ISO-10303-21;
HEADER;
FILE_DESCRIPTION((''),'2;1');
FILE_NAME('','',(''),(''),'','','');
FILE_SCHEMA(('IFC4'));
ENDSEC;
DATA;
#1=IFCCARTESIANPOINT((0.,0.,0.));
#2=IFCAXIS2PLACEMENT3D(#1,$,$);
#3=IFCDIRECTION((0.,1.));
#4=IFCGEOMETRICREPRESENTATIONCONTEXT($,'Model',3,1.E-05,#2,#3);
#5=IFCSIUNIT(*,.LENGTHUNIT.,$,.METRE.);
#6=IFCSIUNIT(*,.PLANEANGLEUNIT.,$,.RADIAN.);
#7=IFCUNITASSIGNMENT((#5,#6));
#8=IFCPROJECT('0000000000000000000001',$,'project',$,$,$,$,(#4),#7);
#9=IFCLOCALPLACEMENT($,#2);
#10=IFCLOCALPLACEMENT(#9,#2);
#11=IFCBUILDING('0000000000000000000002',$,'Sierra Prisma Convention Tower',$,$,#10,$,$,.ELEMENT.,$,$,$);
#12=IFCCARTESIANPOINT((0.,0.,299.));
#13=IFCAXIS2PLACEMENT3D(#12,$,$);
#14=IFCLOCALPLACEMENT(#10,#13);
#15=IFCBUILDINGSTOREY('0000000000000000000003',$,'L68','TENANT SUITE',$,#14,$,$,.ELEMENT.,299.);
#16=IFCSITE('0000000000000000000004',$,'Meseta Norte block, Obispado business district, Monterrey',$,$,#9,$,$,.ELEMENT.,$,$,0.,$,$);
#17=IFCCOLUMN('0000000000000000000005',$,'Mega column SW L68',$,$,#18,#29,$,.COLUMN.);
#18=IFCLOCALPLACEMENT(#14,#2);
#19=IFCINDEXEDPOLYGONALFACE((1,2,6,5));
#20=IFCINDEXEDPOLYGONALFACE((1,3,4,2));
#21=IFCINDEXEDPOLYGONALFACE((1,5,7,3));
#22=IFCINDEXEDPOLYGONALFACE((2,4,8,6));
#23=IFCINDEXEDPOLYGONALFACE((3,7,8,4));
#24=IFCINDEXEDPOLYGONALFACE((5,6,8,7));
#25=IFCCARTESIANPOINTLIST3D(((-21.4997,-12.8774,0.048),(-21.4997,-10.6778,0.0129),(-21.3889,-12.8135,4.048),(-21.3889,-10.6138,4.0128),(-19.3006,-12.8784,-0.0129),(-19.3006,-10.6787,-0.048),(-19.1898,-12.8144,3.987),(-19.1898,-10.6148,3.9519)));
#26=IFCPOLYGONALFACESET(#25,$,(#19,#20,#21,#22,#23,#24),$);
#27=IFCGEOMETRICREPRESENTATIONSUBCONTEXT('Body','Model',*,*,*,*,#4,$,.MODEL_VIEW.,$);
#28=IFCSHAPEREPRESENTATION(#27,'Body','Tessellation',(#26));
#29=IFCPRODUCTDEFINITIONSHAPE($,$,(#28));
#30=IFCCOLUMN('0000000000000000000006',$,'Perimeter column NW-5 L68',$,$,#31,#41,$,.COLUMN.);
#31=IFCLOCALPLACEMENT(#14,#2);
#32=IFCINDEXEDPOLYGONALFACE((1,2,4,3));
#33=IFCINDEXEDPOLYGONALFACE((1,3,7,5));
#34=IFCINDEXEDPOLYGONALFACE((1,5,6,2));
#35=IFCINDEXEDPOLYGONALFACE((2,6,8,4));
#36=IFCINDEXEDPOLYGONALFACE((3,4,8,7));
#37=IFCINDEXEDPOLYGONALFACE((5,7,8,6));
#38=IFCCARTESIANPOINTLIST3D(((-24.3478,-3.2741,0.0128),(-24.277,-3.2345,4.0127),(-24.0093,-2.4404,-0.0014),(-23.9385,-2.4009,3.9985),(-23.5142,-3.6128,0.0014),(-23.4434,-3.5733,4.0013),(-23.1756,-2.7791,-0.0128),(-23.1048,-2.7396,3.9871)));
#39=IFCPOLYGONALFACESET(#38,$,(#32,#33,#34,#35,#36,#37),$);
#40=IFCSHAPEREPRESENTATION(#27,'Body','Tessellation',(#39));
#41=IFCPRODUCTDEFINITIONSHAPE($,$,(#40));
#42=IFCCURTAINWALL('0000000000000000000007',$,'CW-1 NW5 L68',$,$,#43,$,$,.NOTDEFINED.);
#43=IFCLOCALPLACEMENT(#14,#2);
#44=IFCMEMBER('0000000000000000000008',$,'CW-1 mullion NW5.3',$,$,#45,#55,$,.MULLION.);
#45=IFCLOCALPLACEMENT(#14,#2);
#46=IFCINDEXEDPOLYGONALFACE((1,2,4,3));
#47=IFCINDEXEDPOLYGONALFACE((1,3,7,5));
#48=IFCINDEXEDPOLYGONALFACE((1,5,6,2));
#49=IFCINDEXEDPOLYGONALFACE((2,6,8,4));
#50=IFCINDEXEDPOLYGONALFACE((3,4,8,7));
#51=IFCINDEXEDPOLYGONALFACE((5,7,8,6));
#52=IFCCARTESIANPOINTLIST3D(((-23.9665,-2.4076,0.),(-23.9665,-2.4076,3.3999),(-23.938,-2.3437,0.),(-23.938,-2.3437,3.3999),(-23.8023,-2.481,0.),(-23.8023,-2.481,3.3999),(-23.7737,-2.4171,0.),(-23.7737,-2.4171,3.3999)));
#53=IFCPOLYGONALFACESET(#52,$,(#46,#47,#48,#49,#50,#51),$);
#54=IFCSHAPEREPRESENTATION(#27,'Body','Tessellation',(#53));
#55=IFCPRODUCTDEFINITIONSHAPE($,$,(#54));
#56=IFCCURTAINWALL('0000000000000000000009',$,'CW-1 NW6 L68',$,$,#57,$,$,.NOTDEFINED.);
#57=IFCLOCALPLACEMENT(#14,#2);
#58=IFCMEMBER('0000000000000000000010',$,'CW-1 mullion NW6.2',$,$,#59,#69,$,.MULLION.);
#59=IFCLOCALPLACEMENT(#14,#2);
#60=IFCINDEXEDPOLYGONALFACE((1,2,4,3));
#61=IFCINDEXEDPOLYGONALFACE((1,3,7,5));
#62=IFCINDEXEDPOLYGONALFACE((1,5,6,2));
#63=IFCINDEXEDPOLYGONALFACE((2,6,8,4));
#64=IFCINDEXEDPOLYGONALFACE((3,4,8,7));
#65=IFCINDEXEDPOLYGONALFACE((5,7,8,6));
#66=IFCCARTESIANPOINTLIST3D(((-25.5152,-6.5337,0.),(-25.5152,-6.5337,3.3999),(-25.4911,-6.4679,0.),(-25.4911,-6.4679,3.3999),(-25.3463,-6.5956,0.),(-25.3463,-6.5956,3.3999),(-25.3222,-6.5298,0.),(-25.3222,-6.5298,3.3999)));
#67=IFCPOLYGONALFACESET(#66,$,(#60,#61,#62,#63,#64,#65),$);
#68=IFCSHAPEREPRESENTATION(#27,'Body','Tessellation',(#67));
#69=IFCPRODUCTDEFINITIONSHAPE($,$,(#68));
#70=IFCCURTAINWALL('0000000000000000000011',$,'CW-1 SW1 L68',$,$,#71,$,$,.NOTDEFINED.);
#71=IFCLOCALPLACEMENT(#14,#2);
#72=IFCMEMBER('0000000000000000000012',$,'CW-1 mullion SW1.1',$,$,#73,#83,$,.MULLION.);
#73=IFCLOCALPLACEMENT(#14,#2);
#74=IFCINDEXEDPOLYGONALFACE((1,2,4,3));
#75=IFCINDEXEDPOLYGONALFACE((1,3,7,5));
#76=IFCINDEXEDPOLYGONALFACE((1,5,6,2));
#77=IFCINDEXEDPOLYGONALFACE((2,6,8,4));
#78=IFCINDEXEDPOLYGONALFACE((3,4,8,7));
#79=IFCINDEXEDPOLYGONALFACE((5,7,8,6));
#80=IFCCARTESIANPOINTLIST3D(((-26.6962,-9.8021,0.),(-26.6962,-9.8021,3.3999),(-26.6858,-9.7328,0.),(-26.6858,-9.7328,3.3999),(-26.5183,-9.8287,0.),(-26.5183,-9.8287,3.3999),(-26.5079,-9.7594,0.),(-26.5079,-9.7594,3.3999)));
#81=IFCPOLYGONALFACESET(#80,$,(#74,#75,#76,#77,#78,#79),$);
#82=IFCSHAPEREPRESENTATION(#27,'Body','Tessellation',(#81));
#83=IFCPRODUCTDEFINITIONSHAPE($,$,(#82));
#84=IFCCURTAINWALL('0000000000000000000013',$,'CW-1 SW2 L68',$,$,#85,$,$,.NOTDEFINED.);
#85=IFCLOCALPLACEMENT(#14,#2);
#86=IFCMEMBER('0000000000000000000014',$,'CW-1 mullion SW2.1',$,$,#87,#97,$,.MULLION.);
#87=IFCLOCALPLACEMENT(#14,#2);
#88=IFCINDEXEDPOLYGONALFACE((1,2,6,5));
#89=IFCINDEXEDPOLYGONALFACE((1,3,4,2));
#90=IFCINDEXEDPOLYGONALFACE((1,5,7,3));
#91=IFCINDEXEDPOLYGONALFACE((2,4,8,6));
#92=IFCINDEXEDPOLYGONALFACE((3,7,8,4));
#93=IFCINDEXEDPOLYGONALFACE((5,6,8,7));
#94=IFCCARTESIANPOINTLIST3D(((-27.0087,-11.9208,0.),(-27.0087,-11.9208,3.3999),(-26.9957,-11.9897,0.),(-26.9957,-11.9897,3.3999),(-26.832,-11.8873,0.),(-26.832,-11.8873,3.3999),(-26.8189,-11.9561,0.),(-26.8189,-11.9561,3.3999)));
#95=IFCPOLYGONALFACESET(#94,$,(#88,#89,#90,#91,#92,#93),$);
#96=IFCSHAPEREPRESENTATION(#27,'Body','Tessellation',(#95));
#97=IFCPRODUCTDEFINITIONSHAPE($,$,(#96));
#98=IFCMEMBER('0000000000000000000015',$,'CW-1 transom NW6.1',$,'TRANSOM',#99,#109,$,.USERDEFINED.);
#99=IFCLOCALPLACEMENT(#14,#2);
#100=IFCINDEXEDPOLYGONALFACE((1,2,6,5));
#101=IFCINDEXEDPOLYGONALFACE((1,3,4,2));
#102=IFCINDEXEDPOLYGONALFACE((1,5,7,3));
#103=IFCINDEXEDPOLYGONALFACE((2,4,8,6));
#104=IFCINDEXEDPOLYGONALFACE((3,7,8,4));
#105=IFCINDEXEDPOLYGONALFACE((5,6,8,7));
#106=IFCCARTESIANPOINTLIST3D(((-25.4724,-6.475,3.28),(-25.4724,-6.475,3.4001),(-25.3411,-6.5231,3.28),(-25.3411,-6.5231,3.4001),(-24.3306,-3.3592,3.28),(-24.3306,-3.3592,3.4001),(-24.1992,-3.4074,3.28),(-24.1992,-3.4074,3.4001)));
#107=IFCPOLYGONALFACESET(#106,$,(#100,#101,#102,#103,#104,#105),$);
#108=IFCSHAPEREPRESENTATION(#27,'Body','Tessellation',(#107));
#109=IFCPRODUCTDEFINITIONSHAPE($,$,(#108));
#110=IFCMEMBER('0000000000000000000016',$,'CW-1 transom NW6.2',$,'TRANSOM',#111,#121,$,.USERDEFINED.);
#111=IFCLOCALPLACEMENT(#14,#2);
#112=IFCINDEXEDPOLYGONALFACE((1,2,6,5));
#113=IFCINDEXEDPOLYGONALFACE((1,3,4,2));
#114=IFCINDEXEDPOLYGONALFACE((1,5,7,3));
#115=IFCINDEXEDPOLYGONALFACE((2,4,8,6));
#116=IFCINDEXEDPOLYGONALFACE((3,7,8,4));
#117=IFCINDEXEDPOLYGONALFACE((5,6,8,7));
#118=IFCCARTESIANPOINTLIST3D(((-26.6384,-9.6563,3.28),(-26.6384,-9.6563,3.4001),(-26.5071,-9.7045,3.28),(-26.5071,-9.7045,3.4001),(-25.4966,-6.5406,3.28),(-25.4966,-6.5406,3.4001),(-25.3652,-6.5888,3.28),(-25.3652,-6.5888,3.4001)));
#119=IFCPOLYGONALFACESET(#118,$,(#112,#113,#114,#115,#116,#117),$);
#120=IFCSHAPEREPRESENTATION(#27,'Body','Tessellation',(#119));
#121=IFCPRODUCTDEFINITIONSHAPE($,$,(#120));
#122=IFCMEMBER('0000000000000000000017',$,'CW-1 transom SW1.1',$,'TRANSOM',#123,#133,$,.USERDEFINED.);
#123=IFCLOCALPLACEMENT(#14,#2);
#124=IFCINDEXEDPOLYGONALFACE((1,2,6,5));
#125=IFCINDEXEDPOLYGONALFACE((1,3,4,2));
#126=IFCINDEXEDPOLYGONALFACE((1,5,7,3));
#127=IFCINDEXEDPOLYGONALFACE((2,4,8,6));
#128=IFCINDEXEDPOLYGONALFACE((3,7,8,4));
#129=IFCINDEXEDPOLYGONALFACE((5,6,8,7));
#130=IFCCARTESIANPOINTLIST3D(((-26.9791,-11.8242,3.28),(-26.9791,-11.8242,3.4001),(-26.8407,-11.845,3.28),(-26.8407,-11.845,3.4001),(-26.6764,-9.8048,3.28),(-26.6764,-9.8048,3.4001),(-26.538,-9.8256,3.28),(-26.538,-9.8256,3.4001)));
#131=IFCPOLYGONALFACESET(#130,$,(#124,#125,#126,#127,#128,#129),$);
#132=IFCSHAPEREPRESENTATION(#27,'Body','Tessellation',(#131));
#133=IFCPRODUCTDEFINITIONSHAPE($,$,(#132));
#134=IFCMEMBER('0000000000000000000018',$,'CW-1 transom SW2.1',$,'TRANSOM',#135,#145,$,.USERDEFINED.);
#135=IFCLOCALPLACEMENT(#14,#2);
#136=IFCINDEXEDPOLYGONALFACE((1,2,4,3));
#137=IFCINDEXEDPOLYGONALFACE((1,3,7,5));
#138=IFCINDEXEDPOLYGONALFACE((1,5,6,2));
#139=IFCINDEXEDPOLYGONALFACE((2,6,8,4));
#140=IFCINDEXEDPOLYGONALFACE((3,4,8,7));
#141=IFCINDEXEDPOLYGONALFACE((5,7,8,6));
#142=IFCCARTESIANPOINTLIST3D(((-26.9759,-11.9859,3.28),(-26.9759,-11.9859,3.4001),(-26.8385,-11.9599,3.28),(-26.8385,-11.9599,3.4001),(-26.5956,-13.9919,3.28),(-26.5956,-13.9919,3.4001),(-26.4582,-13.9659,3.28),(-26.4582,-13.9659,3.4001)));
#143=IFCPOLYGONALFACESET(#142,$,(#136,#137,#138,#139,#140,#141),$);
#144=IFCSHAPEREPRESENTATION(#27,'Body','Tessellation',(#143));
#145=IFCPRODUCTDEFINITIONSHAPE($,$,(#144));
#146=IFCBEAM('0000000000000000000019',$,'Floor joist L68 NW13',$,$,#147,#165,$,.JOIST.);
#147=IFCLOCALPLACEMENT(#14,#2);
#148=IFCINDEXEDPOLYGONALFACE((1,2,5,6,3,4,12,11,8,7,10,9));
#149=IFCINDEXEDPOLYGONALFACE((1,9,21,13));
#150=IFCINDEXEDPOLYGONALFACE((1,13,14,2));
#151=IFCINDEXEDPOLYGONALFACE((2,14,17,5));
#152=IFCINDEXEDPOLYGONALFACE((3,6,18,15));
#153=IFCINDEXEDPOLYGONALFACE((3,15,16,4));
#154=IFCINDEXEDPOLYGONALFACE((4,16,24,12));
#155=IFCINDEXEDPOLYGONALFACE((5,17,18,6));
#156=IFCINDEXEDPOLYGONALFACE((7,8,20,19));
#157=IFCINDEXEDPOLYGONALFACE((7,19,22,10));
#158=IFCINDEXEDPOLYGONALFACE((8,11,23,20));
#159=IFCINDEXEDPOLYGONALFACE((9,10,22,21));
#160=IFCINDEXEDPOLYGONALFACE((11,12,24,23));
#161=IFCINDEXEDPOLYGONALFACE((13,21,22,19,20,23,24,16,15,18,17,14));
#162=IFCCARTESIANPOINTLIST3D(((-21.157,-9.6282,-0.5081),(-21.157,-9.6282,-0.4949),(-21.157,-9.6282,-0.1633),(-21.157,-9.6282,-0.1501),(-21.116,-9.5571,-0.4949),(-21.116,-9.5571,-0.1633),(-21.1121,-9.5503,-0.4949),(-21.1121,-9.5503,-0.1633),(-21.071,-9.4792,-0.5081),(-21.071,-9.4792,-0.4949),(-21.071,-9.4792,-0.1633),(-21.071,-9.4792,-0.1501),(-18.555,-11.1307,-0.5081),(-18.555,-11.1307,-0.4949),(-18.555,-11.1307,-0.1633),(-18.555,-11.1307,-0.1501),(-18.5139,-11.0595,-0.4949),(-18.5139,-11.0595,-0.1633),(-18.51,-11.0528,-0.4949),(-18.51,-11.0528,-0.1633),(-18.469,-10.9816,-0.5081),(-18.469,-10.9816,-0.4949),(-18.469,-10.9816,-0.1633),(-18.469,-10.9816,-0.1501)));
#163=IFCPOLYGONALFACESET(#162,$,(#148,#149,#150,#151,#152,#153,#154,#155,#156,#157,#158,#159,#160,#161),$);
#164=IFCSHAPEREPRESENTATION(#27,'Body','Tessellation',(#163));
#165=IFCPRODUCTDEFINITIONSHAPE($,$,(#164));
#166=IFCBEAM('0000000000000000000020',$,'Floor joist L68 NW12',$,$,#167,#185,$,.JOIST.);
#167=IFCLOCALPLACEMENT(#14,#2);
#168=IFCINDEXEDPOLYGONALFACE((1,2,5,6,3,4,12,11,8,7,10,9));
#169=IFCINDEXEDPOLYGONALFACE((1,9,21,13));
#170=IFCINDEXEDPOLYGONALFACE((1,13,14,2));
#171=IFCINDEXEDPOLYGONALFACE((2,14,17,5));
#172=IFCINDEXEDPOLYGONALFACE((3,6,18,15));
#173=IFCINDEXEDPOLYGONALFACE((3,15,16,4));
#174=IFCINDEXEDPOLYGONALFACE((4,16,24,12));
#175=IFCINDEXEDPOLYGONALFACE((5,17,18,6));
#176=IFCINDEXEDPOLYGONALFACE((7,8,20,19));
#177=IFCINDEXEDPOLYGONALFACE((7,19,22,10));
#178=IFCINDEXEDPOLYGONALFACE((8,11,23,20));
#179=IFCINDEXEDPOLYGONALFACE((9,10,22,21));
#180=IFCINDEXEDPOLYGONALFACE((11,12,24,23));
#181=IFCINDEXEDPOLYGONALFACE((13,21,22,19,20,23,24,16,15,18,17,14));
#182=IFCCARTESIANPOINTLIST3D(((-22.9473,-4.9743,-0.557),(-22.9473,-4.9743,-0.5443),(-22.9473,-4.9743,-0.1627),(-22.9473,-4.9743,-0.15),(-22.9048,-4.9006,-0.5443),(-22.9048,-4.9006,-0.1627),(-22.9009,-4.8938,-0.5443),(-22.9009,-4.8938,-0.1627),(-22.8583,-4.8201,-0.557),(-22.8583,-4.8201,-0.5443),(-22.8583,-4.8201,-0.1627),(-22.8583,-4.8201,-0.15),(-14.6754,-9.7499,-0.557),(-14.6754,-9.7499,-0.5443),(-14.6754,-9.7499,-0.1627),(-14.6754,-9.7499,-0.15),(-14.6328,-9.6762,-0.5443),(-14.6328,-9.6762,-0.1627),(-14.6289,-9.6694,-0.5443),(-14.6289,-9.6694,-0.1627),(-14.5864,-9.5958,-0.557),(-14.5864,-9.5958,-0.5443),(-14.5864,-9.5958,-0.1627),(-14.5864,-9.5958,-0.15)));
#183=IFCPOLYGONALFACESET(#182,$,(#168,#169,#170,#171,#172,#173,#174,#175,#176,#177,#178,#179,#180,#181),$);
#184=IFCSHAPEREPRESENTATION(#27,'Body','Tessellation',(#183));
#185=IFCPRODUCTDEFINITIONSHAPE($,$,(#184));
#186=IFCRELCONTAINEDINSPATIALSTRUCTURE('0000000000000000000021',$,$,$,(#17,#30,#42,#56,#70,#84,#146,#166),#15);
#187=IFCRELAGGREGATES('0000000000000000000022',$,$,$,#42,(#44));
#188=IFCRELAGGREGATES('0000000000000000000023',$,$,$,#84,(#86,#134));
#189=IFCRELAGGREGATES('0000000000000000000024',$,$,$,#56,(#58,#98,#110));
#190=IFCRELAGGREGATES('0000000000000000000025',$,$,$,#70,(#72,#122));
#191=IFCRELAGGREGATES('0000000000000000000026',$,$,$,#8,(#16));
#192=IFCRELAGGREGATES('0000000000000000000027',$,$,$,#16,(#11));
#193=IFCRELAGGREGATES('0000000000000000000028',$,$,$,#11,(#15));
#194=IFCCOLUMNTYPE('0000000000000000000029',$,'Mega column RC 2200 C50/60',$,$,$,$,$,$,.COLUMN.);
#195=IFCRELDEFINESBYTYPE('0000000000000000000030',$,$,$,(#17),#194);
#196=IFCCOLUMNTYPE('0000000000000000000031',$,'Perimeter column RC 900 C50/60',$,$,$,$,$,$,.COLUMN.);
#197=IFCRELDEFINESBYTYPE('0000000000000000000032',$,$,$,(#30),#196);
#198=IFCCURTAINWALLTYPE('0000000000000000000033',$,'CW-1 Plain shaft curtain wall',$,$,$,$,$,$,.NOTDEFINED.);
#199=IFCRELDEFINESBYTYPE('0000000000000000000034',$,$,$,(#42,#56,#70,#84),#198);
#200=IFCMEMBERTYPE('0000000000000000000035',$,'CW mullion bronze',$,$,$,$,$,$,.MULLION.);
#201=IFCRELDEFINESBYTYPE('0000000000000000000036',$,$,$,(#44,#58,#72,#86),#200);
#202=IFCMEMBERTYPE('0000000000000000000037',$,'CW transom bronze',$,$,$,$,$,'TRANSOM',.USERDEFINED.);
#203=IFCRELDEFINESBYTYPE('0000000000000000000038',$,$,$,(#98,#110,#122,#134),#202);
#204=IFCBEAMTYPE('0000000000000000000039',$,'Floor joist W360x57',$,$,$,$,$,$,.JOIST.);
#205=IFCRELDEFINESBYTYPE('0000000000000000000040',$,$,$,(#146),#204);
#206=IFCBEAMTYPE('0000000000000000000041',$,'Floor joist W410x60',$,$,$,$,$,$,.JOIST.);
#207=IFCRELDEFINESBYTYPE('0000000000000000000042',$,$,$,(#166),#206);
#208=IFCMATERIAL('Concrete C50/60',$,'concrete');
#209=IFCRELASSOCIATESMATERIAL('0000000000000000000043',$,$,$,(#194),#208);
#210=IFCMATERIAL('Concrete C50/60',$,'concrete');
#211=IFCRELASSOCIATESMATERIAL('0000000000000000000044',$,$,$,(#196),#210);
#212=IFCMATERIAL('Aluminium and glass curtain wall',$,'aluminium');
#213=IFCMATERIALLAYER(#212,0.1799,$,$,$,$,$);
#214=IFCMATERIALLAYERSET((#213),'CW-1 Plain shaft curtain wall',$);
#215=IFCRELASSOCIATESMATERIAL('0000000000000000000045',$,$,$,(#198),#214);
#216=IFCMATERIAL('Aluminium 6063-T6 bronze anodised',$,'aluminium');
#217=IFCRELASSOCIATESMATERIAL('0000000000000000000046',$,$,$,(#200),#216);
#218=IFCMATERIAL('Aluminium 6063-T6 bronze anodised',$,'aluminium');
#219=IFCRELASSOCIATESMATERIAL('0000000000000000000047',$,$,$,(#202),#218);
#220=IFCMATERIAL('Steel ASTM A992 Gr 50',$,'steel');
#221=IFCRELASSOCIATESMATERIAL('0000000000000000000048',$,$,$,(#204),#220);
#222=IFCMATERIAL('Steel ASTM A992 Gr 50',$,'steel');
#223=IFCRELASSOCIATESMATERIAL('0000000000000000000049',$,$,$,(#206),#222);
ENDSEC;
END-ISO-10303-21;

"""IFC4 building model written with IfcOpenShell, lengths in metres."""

from ifc_helpers import new_model, si_unit, direction, frame, origin, origin_2d, place, context, subcontext, project, spatial, rectangle, i_section, extrude, material, layer, layer_set, material_profile, profile_set, type_object, element, aggregate, save


model = new_model("IFC4")

# Units and contexts
model_context = context("Model", 3, precision=1e-05, world=origin(), true_north=direction((0.0, 1.0)))
body_context = subcontext(model_context, "Body", "Model", "MODEL_VIEW")
ifc_project = project(units=[si_unit("LENGTHUNIT", "METRE"), si_unit("PLANEANGLEUNIT", "RADIAN")], contexts=[model_context])

# Site, building, storey
site_placement = place(None, origin())
site = spatial("IfcSite", under=ifc_project, at=site_placement, Name="Meseta Norte block, Obispado business district, Monterrey", CompositionType="ELEMENT", RefElevation=0.0)
building_placement = place(site_placement, origin())
building = spatial("IfcBuilding", under=site, at=building_placement, Name="Sierra Prisma Convention Tower", CompositionType="ELEMENT")
storey_placement = place(building_placement, frame((0.0, 0.0, 299.0)))
storey = spatial("IfcBuildingStorey", under=building, at=storey_placement, Name="L68", Description="TENANT SUITE", CompositionType="ELEMENT", Elevation=299.0)

# Columns
ifc_material_1 = material(Name="Concrete C50/60", Category="concrete")
ifc_material_profile_1 = material_profile(ifc_material_1, rectangle(XDim=2.2, YDim=2.2, at=origin_2d()), Name="Mega column RC 2200 C50/60")
ifc_profile_set_1 = profile_set([ifc_material_profile_1], Name="Concrete C50/60")
column_type_1 = type_object("IfcColumnType", Name="Mega column RC 2200 C50/60", PredefinedType="COLUMN", material=ifc_profile_set_1)
column_1_placement = place(storey_placement, frame((-20.4001, -11.7781, 0.0), z_axis=(0.027696, 0.015983, 0.999489), x_axis=(0.999616, -0.000443, -0.027692)))
element("IfcColumn", 1, at=column_1_placement, inside=storey, type_object=column_type_1, Name="Mega column SW L68", PredefinedType="COLUMN", context=body_context, shape_type="SweptSolid", body=[
    extrude(rectangle(XDim=2.2, YDim=2.2, at=origin_2d()), origin(), (0.0, 0.0, 1.0), 4.002),
])
ifc_material_2 = material(Name="Concrete C50/60", Category="concrete")
ifc_material_profile_2 = material_profile(ifc_material_2, rectangle(XDim=0.8999, YDim=0.8999, at=origin_2d()), Name="Perimeter column RC 900 C50/60")
ifc_profile_set_2 = profile_set([ifc_material_profile_2], Name="Concrete C50/60")
column_type_2 = type_object("IfcColumnType", Name="Perimeter column RC 900 C50/60", PredefinedType="COLUMN", material=ifc_profile_set_2)
column_2_placement = place(storey_placement, frame((-23.7617, -3.0266, 0.0), z_axis=(0.017697, 0.009886, 0.999795), x_axis=(0.376217, 0.926396, -0.015819)))
element("IfcColumn", 2, at=column_2_placement, inside=storey, type_object=column_type_2, Name="Perimeter column NW-5 L68", PredefinedType="COLUMN", context=body_context, shape_type="SweptSolid", body=[
    extrude(rectangle(XDim=0.8999, YDim=0.8999, at=origin_2d()), origin(), (0.0, 0.0, 1.0), 4.0007),
])

# Curtain walls, members
ifc_material_3 = material(Name="Aluminium and glass curtain wall", Category="aluminium")
ifc_layer_1 = layer(ifc_material_3, 0.1799)
ifc_layer_set_1 = layer_set([ifc_layer_1], Name="CW-1 Plain shaft curtain wall")
curtain_wall_type = type_object("IfcCurtainWallType", Name="CW-1 Plain shaft curtain wall", PredefinedType="NOTDEFINED", material=ifc_layer_set_1)
curtain_wall_1_placement = place(storey_placement, origin())
curtain_wall_1 = element("IfcCurtainWall", 3, at=curtain_wall_1_placement, inside=storey, type_object=curtain_wall_type, Name="CW-1 NW5 L68", PredefinedType="NOTDEFINED")
ifc_material_4 = material(Name="Aluminium 6063-T6 bronze anodised", Category="aluminium")
ifc_material_profile_3 = material_profile(ifc_material_4, rectangle(XDim=0.1799, YDim=0.0701, at=origin_2d()), Name="ALU MULLION 70x180")
ifc_profile_set_3 = profile_set([ifc_material_profile_3], Name="Aluminium 6063-T6 bronze anodised")
member_type_1 = type_object("IfcMemberType", Name="CW mullion bronze", PredefinedType="MULLION", material=ifc_profile_set_3)
member_1_placement = place(storey_placement, frame((-23.8701, -2.4124, 0.0), z_axis=(0.0, 0.0, 1.0), x_axis=(0.912995, -0.407971, 0.0)))
member_1 = element("IfcMember", 4, at=member_1_placement, type_object=member_type_1, Name="CW-1 mullion NW5.3", PredefinedType="MULLION", context=body_context, shape_type="SweptSolid", body=[
    extrude(rectangle(XDim=0.1799, YDim=0.0701, at=origin_2d()), origin(), (0.0, 0.0, 1.0), 3.3999),
])
aggregate(curtain_wall_1, [member_1])
curtain_wall_2_placement = place(storey_placement, origin())
curtain_wall_2 = element("IfcCurtainWall", 5, at=curtain_wall_2_placement, inside=storey, type_object=curtain_wall_type, Name="CW-1 NW6 L68", PredefinedType="NOTDEFINED")
member_2_placement = place(storey_placement, frame((-25.4187, -6.5317, 0.0), z_axis=(0.0, 0.0, 1.0), x_axis=(0.93892, -0.344136, 0.0)))
member_2 = element("IfcMember", 6, at=member_2_placement, type_object=member_type_1, Name="CW-1 mullion NW6.2", PredefinedType="MULLION", context=body_context, shape_type="SweptSolid", body=[
    extrude(rectangle(XDim=0.1799, YDim=0.0701, at=origin_2d()), origin(), (0.0, 0.0, 1.0), 3.3999),
])
curtain_wall_3_placement = place(storey_placement, origin())
curtain_wall_3 = element("IfcCurtainWall", 7, at=curtain_wall_3_placement, inside=storey, type_object=curtain_wall_type, Name="CW-1 SW1 L68", PredefinedType="NOTDEFINED")
member_3_placement = place(storey_placement, frame((-26.6021, -9.7808, 0.0), z_axis=(0.0, 0.0, 1.0), x_axis=(0.988954, -0.148222, 0.0)))
member_3 = element("IfcMember", 8, at=member_3_placement, type_object=member_type_1, Name="CW-1 mullion SW1.1", PredefinedType="MULLION", context=body_context, shape_type="SweptSolid", body=[
    extrude(rectangle(XDim=0.1799, YDim=0.0701, at=origin_2d()), origin(), (0.0, 0.0, 1.0), 3.3999),
])
curtain_wall_4_placement = place(storey_placement, origin())
curtain_wall_4 = element("IfcCurtainWall", 9, at=curtain_wall_4_placement, inside=storey, type_object=curtain_wall_type, Name="CW-1 SW2 L68", PredefinedType="NOTDEFINED")
member_4_placement = place(storey_placement, frame((-26.9138, -11.9385, 0.0), z_axis=(0.0, 0.0, 1.0), x_axis=(0.982489, 0.186319, 0.0)))
member_4 = element("IfcMember", 10, at=member_4_placement, type_object=member_type_1, Name="CW-1 mullion SW2.1", PredefinedType="MULLION", context=body_context, shape_type="SweptSolid", body=[
    extrude(rectangle(XDim=0.1799, YDim=0.0701, at=origin_2d()), origin(), (0.0, 0.0, 1.0), 3.3999),
])

# Members
ifc_material_5 = material(Name="Aluminium 6063-T6 bronze anodised", Category="aluminium")
ifc_material_profile_4 = material_profile(ifc_material_5, rectangle(XDim=0.1399, YDim=0.1201, at=origin_2d()), Name="ALU TRANSOM 120x140")
ifc_profile_set_4 = profile_set([ifc_material_profile_4], Name="Aluminium 6063-T6 bronze anodised")
member_type_2 = type_object("IfcMemberType", Name="CW transom bronze", ElementType="TRANSOM", PredefinedType="USERDEFINED", material=ifc_profile_set_4)
member_5_placement = place(storey_placement, frame((-24.2649, -3.3833, 3.3401), z_axis=(-0.344099, -0.938933, 0.0), x_axis=(0.938933, -0.344099, 0.0)))
member_5 = element("IfcMember", 11, at=member_5_placement, type_object=member_type_2, Name="CW-1 transom NW6.1", ObjectType="TRANSOM", PredefinedType="USERDEFINED", context=body_context, shape_type="SweptSolid", body=[
    extrude(rectangle(XDim=0.1399, YDim=0.1201, at=origin_2d()), origin(), (0.0, 0.0, 1.0), 3.3184),
])
member_6_placement = place(storey_placement, frame((-25.4309, -6.5647, 3.3401), z_axis=(-0.344099, -0.938933, 0.0), x_axis=(0.938933, -0.344099, 0.0)))
member_6 = element("IfcMember", 12, at=member_6_placement, type_object=member_type_2, Name="CW-1 transom NW6.2", ObjectType="TRANSOM", PredefinedType="USERDEFINED", context=body_context, shape_type="SweptSolid", body=[
    extrude(rectangle(XDim=0.1399, YDim=0.1201, at=origin_2d()), origin(), (0.0, 0.0, 1.0), 3.3184),
])
member_7_placement = place(storey_placement, frame((-26.6072, -9.8152, 3.3401), z_axis=(-0.148247, -0.98895, 0.0), x_axis=(0.98895, -0.148247, 0.0)))
member_7 = element("IfcMember", 13, at=member_7_placement, type_object=member_type_2, Name="CW-1 transom SW1.1", ObjectType="TRANSOM", PredefinedType="USERDEFINED", context=body_context, shape_type="SweptSolid", body=[
    extrude(rectangle(XDim=0.1399, YDim=0.1201, at=origin_2d()), origin(), (0.0, 0.0, 1.0), 2.042),
])
member_8_placement = place(storey_placement, frame((-26.9072, -11.9729, 3.3401), z_axis=(0.186288, -0.982495, 0.0), x_axis=(0.982495, 0.186288, 0.0)))
member_8 = element("IfcMember", 14, at=member_8_placement, type_object=member_type_2, Name="CW-1 transom SW2.1", ObjectType="TRANSOM", PredefinedType="USERDEFINED", context=body_context, shape_type="SweptSolid", body=[
    extrude(rectangle(XDim=0.1399, YDim=0.1201, at=origin_2d()), origin(), (0.0, 0.0, 1.0), 2.0417),
])
aggregate(curtain_wall_4, [member_4, member_8])

# Beams
ifc_material_6 = material(Name="Steel ASTM A992 Gr 50", Category="steel")
ifc_material_profile_5 = material_profile(ifc_material_6, i_section(OverallWidth=0.1721, OverallDepth=0.3579, WebThickness=0.0078, FlangeThickness=0.0132, at=origin_2d()), Name="W360x57")
ifc_profile_set_5 = profile_set([ifc_material_profile_5], Name="Steel ASTM A992 Gr 50")
beam_type_1 = type_object("IfcBeamType", Name="Floor joist W360x57", PredefinedType="JOIST", material=ifc_profile_set_5)
beam_1_placement = place(storey_placement, frame((-21.114, -9.5537, -0.3291), z_axis=(0.866004, -0.500037, 0.0), x_axis=(0.500037, 0.866004, 0.0)))
element("IfcBeam", 15, at=beam_1_placement, inside=storey, type_object=beam_type_1, Name="Floor joist L68 NW13", PredefinedType="JOIST", context=body_context, shape_type="SweptSolid", body=[
    extrude(i_section(OverallWidth=0.1721, OverallDepth=0.3579, WebThickness=0.0078, FlangeThickness=0.0132, at=origin_2d()), origin(), (0.0, 0.0, 1.0), 3.0046),
])
ifc_material_7 = material(Name="Steel ASTM A992 Gr 50", Category="steel")
ifc_material_profile_6 = material_profile(ifc_material_7, i_section(OverallWidth=0.178, OverallDepth=0.407, WebThickness=0.0078, FlangeThickness=0.0127, at=origin_2d()), Name="W410x60")
ifc_profile_set_6 = profile_set([ifc_material_profile_6], Name="Steel ASTM A992 Gr 50")
beam_type_2 = type_object("IfcBeamType", Name="Floor joist W410x60", PredefinedType="JOIST", material=ifc_profile_set_6)
beam_2_placement = place(storey_placement, frame((-22.9028, -4.8972, -0.3535), z_axis=(0.866034, -0.499985, 0.0), x_axis=(0.499985, 0.866034, 0.0)))
element("IfcBeam", 16, at=beam_2_placement, inside=storey, type_object=beam_type_2, Name="Floor joist L68 NW12", PredefinedType="JOIST", context=body_context, shape_type="SweptSolid", body=[
    extrude(i_section(OverallWidth=0.178, OverallDepth=0.407, WebThickness=0.0078, FlangeThickness=0.0127, at=origin_2d()), origin(), (0.0, 0.0, 1.0), 9.5515),
])

aggregate(curtain_wall_2, [member_2, member_5, member_6])
aggregate(curtain_wall_3, [member_3, member_7])

save(model, "model.ifc")
